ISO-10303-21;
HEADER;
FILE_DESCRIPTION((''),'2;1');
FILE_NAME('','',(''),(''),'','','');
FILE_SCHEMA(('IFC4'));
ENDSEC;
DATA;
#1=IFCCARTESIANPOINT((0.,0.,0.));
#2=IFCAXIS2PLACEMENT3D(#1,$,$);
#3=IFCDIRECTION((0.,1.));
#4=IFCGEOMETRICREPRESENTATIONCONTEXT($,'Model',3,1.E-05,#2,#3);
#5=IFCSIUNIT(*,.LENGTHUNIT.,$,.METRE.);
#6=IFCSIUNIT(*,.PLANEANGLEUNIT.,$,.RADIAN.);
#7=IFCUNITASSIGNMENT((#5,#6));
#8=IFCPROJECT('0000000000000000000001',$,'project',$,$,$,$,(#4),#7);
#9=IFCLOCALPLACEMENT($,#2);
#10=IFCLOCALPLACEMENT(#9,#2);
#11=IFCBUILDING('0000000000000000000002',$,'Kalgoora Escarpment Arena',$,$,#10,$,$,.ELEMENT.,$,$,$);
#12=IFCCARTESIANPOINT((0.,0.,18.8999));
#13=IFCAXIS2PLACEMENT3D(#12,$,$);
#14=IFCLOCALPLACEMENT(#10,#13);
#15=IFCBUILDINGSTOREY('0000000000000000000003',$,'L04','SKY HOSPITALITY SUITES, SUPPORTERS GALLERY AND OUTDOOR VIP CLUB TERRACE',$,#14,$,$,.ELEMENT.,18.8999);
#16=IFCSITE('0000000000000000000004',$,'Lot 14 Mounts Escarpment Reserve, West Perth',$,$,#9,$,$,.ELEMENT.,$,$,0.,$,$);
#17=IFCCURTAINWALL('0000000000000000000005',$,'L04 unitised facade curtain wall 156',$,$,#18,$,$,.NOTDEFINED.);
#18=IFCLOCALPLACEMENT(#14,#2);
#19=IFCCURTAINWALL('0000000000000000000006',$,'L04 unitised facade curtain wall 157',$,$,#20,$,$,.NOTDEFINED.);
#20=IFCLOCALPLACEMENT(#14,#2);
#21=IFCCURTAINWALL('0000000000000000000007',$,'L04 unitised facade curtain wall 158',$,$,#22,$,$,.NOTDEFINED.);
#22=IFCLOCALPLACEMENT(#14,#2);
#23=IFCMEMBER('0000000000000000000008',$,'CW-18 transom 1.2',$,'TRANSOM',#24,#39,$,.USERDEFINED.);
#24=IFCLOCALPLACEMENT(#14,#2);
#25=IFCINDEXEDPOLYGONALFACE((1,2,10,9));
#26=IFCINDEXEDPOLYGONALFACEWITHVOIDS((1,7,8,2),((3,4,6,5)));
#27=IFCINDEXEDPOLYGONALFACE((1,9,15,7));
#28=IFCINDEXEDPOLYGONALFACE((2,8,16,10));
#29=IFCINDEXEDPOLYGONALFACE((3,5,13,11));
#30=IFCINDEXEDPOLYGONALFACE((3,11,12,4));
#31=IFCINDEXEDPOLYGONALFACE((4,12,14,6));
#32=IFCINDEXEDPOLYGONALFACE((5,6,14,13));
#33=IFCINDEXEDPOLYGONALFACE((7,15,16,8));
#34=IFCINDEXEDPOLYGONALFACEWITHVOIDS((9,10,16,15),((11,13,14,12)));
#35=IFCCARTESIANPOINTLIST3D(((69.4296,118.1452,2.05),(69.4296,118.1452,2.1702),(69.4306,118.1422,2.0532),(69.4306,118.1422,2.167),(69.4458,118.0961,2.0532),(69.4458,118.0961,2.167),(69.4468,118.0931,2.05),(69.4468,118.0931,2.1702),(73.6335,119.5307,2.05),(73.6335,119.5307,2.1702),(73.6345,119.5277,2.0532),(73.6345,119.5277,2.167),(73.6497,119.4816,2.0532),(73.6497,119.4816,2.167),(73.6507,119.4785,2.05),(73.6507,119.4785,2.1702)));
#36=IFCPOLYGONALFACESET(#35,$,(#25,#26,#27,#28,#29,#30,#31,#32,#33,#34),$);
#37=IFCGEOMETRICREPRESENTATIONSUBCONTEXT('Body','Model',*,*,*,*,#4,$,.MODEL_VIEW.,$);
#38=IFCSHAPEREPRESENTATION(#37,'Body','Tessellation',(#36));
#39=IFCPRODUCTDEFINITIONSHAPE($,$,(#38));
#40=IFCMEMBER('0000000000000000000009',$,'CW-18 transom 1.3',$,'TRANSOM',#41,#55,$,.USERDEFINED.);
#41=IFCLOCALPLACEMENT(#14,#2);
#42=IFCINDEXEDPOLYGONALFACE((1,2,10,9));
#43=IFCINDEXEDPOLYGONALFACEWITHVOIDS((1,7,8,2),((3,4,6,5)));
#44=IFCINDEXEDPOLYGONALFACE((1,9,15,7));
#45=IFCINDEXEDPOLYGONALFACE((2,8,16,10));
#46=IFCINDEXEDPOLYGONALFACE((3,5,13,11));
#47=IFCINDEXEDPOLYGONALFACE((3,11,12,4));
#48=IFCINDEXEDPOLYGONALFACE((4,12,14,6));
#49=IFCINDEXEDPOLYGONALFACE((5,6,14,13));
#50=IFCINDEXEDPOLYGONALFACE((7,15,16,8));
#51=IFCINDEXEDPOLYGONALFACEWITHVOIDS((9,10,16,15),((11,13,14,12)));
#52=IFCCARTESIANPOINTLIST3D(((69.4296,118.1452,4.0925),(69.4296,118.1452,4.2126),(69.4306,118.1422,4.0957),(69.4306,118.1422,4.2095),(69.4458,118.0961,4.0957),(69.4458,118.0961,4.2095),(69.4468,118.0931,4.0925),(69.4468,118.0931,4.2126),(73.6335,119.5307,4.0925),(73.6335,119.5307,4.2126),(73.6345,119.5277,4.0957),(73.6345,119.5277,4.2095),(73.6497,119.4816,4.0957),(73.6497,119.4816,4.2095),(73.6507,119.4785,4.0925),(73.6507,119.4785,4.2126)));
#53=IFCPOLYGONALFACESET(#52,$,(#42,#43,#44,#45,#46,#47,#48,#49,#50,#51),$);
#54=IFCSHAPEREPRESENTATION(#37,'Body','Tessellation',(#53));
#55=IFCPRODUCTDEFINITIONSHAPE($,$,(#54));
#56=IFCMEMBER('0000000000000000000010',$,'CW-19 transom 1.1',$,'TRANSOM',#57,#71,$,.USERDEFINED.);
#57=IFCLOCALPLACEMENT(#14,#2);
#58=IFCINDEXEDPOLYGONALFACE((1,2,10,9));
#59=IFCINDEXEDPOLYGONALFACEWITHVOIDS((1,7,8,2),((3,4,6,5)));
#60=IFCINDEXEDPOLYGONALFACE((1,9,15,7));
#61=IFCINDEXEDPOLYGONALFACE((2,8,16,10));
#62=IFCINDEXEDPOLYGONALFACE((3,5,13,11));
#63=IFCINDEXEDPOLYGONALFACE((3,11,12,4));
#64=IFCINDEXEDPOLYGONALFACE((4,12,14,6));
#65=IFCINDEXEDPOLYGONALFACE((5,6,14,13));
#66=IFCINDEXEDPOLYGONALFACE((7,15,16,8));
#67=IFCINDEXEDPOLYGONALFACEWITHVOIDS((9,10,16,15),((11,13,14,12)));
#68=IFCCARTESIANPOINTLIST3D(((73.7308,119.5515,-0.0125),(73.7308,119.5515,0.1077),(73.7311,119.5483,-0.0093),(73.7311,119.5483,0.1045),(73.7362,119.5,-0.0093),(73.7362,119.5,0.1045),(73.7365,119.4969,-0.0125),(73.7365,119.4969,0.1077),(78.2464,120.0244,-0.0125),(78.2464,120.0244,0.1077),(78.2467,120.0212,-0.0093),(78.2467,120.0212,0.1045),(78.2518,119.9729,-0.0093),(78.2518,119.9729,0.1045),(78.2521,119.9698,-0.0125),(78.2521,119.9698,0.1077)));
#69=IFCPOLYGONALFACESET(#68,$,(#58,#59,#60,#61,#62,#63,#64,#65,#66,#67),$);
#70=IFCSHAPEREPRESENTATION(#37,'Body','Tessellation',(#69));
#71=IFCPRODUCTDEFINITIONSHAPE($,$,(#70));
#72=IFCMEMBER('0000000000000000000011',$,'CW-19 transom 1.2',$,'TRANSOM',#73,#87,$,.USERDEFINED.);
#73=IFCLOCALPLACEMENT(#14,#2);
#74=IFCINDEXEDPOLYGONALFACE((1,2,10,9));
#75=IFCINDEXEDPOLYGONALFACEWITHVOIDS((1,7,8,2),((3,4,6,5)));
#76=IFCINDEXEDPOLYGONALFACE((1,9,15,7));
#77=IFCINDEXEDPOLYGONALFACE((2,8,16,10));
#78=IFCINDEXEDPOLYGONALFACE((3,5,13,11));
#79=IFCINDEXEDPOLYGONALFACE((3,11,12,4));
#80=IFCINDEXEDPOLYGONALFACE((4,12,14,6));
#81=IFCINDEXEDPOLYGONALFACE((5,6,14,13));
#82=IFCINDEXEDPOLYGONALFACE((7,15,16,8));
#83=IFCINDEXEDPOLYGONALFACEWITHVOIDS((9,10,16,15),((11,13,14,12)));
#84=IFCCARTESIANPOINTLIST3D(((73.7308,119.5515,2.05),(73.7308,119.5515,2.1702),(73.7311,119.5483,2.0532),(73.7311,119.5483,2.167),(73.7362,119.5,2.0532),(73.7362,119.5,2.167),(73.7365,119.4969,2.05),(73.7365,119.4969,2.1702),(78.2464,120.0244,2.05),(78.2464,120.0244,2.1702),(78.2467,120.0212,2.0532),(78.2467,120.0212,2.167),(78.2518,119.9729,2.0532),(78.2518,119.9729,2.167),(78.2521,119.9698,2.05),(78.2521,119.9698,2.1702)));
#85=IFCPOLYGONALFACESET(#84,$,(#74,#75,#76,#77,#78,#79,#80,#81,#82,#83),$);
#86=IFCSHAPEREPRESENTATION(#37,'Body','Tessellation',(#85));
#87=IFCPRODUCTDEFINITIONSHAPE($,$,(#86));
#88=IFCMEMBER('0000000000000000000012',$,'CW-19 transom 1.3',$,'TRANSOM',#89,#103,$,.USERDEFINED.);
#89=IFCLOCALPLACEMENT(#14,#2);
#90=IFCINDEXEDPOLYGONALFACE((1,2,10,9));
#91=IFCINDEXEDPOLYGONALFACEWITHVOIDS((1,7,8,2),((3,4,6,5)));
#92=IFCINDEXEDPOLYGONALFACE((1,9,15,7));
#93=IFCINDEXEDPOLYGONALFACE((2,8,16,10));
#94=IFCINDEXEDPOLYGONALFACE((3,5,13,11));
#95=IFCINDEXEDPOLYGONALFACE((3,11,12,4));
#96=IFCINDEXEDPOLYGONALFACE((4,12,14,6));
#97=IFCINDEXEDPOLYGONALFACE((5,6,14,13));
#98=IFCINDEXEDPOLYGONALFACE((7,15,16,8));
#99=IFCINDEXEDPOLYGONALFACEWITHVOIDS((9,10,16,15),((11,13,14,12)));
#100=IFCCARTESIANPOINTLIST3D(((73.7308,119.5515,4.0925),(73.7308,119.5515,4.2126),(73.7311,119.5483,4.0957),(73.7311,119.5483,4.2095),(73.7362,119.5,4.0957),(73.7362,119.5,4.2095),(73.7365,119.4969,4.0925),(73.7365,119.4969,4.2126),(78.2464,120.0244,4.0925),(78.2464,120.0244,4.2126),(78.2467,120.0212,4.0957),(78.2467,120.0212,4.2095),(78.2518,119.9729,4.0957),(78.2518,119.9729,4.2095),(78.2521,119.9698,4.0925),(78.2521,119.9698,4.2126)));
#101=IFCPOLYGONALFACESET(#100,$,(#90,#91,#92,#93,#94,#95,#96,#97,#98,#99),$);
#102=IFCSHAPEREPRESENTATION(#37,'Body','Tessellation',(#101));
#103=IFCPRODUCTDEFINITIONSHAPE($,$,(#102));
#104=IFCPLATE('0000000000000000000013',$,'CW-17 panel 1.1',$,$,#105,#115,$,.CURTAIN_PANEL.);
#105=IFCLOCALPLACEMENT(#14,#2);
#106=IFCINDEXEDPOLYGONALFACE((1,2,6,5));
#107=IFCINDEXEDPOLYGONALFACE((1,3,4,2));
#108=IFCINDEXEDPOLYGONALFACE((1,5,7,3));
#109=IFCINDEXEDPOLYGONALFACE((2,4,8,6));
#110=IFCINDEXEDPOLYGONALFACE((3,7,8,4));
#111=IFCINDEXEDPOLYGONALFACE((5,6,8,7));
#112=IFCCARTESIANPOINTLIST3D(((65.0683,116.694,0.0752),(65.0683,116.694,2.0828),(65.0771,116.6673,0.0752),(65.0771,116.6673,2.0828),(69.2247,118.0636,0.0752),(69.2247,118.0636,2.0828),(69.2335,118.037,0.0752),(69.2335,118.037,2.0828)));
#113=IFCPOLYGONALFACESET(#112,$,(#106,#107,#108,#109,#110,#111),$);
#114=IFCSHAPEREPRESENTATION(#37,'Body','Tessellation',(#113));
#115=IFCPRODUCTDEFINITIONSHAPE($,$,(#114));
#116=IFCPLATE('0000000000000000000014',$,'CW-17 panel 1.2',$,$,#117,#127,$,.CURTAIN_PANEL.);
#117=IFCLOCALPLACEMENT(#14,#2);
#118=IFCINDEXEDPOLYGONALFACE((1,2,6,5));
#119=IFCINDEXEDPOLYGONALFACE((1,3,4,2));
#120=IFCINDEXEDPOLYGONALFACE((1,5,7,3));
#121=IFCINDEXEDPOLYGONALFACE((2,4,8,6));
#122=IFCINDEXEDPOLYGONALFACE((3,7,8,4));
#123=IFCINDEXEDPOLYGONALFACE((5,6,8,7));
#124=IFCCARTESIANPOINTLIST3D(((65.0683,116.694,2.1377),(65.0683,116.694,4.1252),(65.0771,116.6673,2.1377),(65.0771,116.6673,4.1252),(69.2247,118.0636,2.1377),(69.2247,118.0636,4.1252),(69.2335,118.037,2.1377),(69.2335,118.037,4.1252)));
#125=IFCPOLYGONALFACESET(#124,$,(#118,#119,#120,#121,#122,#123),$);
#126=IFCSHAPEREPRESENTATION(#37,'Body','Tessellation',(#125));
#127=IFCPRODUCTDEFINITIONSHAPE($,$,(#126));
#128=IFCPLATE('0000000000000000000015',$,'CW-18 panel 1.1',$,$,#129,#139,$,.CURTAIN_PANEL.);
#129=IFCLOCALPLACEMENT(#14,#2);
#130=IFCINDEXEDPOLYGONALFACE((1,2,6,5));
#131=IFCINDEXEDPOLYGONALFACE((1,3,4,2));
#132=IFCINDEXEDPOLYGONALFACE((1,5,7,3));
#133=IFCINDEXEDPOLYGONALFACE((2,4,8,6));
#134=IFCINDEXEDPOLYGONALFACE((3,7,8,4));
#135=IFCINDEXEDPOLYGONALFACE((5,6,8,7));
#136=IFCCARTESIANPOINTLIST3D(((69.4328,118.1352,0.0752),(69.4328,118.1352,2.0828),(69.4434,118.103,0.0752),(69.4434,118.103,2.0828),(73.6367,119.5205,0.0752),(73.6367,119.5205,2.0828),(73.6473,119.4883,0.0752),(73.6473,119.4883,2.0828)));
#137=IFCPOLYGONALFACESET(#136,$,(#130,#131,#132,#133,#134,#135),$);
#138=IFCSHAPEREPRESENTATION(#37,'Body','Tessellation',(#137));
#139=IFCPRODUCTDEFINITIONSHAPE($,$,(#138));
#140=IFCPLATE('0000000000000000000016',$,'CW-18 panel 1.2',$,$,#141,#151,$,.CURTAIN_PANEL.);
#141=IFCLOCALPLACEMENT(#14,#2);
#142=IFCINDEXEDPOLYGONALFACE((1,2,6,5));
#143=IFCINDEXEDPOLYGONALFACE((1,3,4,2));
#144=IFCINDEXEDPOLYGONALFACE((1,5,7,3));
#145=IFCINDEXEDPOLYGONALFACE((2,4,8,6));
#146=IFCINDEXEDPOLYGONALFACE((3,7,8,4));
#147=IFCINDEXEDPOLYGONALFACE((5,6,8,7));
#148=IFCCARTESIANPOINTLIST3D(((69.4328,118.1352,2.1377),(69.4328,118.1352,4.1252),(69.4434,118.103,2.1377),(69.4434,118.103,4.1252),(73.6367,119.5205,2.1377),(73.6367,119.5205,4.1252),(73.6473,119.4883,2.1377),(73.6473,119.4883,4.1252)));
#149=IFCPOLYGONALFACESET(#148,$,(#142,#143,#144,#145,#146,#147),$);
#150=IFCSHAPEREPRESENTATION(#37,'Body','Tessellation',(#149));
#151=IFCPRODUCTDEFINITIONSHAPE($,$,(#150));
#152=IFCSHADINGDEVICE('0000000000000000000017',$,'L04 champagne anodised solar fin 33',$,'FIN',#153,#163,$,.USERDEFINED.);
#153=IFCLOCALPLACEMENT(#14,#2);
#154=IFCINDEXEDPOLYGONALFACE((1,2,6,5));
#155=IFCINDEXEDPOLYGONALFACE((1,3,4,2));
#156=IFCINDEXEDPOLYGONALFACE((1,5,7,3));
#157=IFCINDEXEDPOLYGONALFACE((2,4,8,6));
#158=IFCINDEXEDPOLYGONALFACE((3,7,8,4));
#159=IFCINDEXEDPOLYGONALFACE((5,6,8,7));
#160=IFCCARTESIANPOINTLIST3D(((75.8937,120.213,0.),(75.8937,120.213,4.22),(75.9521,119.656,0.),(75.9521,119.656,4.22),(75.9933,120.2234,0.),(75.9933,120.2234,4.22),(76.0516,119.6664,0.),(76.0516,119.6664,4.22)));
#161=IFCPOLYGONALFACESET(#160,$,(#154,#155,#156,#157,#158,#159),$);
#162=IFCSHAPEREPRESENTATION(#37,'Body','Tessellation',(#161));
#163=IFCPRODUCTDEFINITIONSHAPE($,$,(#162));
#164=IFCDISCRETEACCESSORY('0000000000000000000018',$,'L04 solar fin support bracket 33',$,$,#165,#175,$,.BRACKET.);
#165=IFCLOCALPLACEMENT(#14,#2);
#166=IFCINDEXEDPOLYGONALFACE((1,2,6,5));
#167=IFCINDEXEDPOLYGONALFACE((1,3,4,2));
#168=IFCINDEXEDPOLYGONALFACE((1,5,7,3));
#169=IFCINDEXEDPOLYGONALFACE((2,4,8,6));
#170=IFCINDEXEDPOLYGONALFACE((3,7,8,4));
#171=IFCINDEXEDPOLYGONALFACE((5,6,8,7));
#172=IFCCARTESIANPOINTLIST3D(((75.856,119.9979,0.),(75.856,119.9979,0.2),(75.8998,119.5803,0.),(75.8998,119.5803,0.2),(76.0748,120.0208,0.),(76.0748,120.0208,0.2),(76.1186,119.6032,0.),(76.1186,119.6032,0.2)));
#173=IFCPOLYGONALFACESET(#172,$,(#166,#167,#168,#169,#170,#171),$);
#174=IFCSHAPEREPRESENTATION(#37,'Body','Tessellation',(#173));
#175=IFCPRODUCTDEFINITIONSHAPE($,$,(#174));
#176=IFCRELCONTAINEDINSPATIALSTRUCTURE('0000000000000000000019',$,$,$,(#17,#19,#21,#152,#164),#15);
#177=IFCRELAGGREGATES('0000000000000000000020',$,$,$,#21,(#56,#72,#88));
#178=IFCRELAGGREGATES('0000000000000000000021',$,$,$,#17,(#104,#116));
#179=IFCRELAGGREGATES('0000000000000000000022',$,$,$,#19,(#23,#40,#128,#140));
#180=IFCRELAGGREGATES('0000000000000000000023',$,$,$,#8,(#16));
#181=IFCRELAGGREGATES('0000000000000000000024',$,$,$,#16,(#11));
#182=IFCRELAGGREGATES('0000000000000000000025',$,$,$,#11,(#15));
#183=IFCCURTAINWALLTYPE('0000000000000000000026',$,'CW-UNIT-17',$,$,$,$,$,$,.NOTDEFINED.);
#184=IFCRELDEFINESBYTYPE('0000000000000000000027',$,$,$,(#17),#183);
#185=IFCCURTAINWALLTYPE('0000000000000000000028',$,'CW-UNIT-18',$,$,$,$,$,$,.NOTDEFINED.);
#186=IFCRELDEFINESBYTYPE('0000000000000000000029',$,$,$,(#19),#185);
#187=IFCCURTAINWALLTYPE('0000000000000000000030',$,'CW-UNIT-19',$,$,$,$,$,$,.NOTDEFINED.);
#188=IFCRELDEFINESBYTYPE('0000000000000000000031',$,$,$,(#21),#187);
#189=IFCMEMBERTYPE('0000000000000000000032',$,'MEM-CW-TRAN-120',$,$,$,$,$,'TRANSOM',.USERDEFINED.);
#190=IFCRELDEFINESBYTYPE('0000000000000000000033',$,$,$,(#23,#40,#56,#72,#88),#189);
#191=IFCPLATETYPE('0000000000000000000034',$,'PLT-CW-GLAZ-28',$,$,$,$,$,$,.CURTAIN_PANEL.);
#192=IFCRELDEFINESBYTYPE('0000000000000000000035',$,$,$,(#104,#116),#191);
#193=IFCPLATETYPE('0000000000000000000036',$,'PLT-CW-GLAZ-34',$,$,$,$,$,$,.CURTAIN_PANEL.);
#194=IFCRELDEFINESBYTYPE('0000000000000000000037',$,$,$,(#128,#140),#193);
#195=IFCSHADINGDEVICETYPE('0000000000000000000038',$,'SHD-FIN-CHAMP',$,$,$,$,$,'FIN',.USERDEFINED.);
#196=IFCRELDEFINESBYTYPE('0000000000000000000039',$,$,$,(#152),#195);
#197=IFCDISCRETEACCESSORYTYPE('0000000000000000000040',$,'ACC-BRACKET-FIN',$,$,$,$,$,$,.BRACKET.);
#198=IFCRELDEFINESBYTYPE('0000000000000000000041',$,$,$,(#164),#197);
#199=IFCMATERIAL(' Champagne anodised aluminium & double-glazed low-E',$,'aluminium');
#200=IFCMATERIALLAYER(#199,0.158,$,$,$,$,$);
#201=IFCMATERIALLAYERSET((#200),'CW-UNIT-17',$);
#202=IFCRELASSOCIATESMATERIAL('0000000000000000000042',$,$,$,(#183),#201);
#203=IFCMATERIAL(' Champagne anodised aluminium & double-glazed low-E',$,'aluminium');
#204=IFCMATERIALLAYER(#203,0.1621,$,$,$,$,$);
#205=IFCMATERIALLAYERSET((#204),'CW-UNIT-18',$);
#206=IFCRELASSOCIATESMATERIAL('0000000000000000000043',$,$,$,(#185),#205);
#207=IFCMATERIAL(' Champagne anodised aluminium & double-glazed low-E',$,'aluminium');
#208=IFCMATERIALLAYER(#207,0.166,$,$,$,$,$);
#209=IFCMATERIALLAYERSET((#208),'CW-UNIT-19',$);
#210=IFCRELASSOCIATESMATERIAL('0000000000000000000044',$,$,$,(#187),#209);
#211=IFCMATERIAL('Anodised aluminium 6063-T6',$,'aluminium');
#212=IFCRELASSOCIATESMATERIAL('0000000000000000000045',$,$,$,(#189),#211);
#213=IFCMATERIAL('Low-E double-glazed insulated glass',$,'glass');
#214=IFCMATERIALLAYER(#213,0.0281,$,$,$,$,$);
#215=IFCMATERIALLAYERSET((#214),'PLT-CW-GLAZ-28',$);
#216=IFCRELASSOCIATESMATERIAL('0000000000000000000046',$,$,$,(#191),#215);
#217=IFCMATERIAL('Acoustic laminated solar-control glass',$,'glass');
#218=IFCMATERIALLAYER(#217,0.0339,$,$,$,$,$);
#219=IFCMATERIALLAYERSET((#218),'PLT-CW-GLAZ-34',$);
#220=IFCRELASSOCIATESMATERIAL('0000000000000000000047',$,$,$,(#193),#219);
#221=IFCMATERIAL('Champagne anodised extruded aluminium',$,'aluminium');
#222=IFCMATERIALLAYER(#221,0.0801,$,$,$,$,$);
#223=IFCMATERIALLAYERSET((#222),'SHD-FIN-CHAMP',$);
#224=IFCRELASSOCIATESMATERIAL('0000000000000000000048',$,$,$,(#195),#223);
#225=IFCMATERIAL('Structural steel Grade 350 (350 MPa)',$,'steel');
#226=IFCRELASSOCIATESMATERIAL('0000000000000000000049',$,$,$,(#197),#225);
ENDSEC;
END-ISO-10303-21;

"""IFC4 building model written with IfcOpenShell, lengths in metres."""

from ifc_helpers import new_model, si_unit, direction, frame, origin, origin_2d, place, context, subcontext, project, spatial, rectangle, hollow_rectangle, extrude, material, layer, layer_set, material_profile, profile_set, type_object, element, aggregate, save


model = new_model("IFC4")

# Units and contexts
model_context = context("Model", 3, precision=1e-05, world=origin(), true_north=direction((0.0, 1.0)))
body_context = subcontext(model_context, "Body", "Model", "MODEL_VIEW")
ifc_project = project(units=[si_unit("LENGTHUNIT", "METRE"), si_unit("PLANEANGLEUNIT", "RADIAN")], contexts=[model_context])

# Site, building, storey
site_placement = place(None, origin())
site = spatial("IfcSite", under=ifc_project, at=site_placement, Name="Lot 14 Mounts Escarpment Reserve, West Perth", CompositionType="ELEMENT", RefElevation=0.0)
building_placement = place(site_placement, origin())
building = spatial("IfcBuilding", under=site, at=building_placement, Name="Kalgoora Escarpment Arena", CompositionType="ELEMENT")
storey_placement = place(building_placement, frame((0.0, 0.0, 18.8999)))
storey = spatial("IfcBuildingStorey", under=building, at=storey_placement, Name="L04", Description="SKY HOSPITALITY SUITES, SUPPORTERS GALLERY AND OUTDOOR VIP CLUB TERRACE", CompositionType="ELEMENT", Elevation=18.8999)

# Curtain wall
ifc_material_1 = material(Name=" Champagne anodised aluminium & double-glazed low-E", Category="aluminium")
ifc_layer_1 = layer(ifc_material_1, 0.158)
ifc_layer_set_1 = layer_set([ifc_layer_1], Name="CW-UNIT-17")
curtain_wall_type_1 = type_object("IfcCurtainWallType", Name="CW-UNIT-17", PredefinedType="NOTDEFINED", material=ifc_layer_set_1)
curtain_wall_1_placement = place(storey_placement, origin())
curtain_wall_1 = element("IfcCurtainWall", 1, at=curtain_wall_1_placement, inside=storey, type_object=curtain_wall_type_1, Name="L04 unitised facade curtain wall 156", PredefinedType="NOTDEFINED")

# Curtain wall
ifc_material_2 = material(Name=" Champagne anodised aluminium & double-glazed low-E", Category="aluminium")
ifc_layer_2 = layer(ifc_material_2, 0.1621)
ifc_layer_set_2 = layer_set([ifc_layer_2], Name="CW-UNIT-18")
curtain_wall_type_2 = type_object("IfcCurtainWallType", Name="CW-UNIT-18", PredefinedType="NOTDEFINED", material=ifc_layer_set_2)
curtain_wall_2_placement = place(storey_placement, origin())
curtain_wall_2 = element("IfcCurtainWall", 2, at=curtain_wall_2_placement, inside=storey, type_object=curtain_wall_type_2, Name="L04 unitised facade curtain wall 157", PredefinedType="NOTDEFINED")

# Curtain wall
ifc_material_3 = material(Name=" Champagne anodised aluminium & double-glazed low-E", Category="aluminium")
ifc_layer_3 = layer(ifc_material_3, 0.166)
ifc_layer_set_3 = layer_set([ifc_layer_3], Name="CW-UNIT-19")
curtain_wall_type_3 = type_object("IfcCurtainWallType", Name="CW-UNIT-19", PredefinedType="NOTDEFINED", material=ifc_layer_set_3)
curtain_wall_3_placement = place(storey_placement, origin())
curtain_wall_3 = element("IfcCurtainWall", 3, at=curtain_wall_3_placement, inside=storey, type_object=curtain_wall_type_3, Name="L04 unitised facade curtain wall 158", PredefinedType="NOTDEFINED")

# Members
ifc_material_4 = material(Name="Anodised aluminium 6063-T6", Category="aluminium")
ifc_material_profile_1 = material_profile(ifc_material_4, hollow_rectangle(XDim=0.0549, YDim=0.1201, WallThickness=0.0032, at=origin_2d()))
ifc_profile_set_1 = profile_set([ifc_material_profile_1], Name="Anodised aluminium 6063-T6")
member_type_1 = type_object("IfcMemberType", Name="MEM-CW-TRAN-120", ElementType="TRANSOM", PredefinedType="USERDEFINED", material=ifc_profile_set_1)
member_1_placement = place(storey_placement, frame((69.4382, 118.1191, 2.1101), z_axis=(0.949748, 0.313016, 0.0), x_axis=(-0.313016, 0.949748, 0.0)))
member_1 = element("IfcMember", 4, at=member_1_placement, type_object=member_type_1, Name="CW-18 transom 1.2", ObjectType="TRANSOM", PredefinedType="USERDEFINED", context=body_context, shape_type="SweptSolid", body=[
    extrude(hollow_rectangle(XDim=0.0549, YDim=0.1201, WallThickness=0.0032, at=origin_2d()), origin(), (0.0, 0.0, 1.0), 4.4263),
])
member_2_placement = place(storey_placement, frame((69.4382, 118.1191, 4.1526), z_axis=(0.949748, 0.313016, 0.0), x_axis=(-0.313016, 0.949748, 0.0)))
member_2 = element("IfcMember", 5, at=member_2_placement, type_object=member_type_1, Name="CW-18 transom 1.3", ObjectType="TRANSOM", PredefinedType="USERDEFINED", context=body_context, shape_type="SweptSolid", body=[
    extrude(hollow_rectangle(XDim=0.0549, YDim=0.1201, WallThickness=0.0032, at=origin_2d()), origin(), (0.0, 0.0, 1.0), 4.4263),
])
member_3_placement = place(storey_placement, frame((73.7336, 119.5242, 0.0476), z_axis=(0.994561, 0.104156, 0.0), x_axis=(-0.104156, 0.994561, 0.0)))
member_3 = element("IfcMember", 6, at=member_3_placement, type_object=member_type_1, Name="CW-19 transom 1.1", ObjectType="TRANSOM", PredefinedType="USERDEFINED", context=body_context, shape_type="SweptSolid", body=[
    extrude(hollow_rectangle(XDim=0.0549, YDim=0.1201, WallThickness=0.0032, at=origin_2d()), origin(), (0.0, 0.0, 1.0), 4.5403),
])
member_4_placement = place(storey_placement, frame((73.7336, 119.5242, 2.1101), z_axis=(0.994561, 0.104156, 0.0), x_axis=(-0.104156, 0.994561, 0.0)))
member_4 = element("IfcMember", 7, at=member_4_placement, type_object=member_type_1, Name="CW-19 transom 1.2", ObjectType="TRANSOM", PredefinedType="USERDEFINED", context=body_context, shape_type="SweptSolid", body=[
    extrude(hollow_rectangle(XDim=0.0549, YDim=0.1201, WallThickness=0.0032, at=origin_2d()), origin(), (0.0, 0.0, 1.0), 4.5403),
])
member_5_placement = place(storey_placement, frame((73.7336, 119.5242, 4.1526), z_axis=(0.994561, 0.104156, 0.0), x_axis=(-0.104156, 0.994561, 0.0)))
member_5 = element("IfcMember", 8, at=member_5_placement, type_object=member_type_1, Name="CW-19 transom 1.3", ObjectType="TRANSOM", PredefinedType="USERDEFINED", context=body_context, shape_type="SweptSolid", body=[
    extrude(hollow_rectangle(XDim=0.0549, YDim=0.1201, WallThickness=0.0032, at=origin_2d()), origin(), (0.0, 0.0, 1.0), 4.5403),
])
aggregate(curtain_wall_3, [member_3, member_4, member_5])

# Plates
ifc_material_5 = material(Name="Low-E double-glazed insulated glass", Category="glass")
ifc_layer_4 = layer(ifc_material_5, 0.0281)
ifc_layer_set_4 = layer_set([ifc_layer_4], Name="PLT-CW-GLAZ-28")
plate_type_1 = type_object("IfcPlateType", Name="PLT-CW-GLAZ-28", PredefinedType="CURTAIN_PANEL", material=ifc_layer_set_4)
plate_1_placement = place(storey_placement, frame((67.1509, 117.3655, 0.0752), z_axis=(0.0, 0.0, 1.0), x_axis=(0.949763, 0.31297, 0.0)))
plate_1 = element("IfcPlate", 9, at=plate_1_placement, type_object=plate_type_1, Name="CW-17 panel 1.1", PredefinedType="CURTAIN_PANEL", context=body_context, shape_type="SweptSolid", body=[
    extrude(rectangle(XDim=4.3762, YDim=0.0281, at=origin_2d()), origin(), (0.0, 0.0, 1.0), 2.0076),
])
plate_2_placement = place(storey_placement, frame((67.1509, 117.3655, 2.1377), z_axis=(0.0, 0.0, 1.0), x_axis=(0.949763, 0.31297, 0.0)))
plate_2 = element("IfcPlate", 10, at=plate_2_placement, type_object=plate_type_1, Name="CW-17 panel 1.2", PredefinedType="CURTAIN_PANEL", context=body_context, shape_type="SweptSolid", body=[
    extrude(rectangle(XDim=4.3762, YDim=0.0281, at=origin_2d()), origin(), (0.0, 0.0, 1.0), 1.9875),
])
aggregate(curtain_wall_1, [plate_1, plate_2])
ifc_material_6 = material(Name="Acoustic laminated solar-control glass", Category="glass")
ifc_layer_5 = layer(ifc_material_6, 0.0339)
ifc_layer_set_5 = layer_set([ifc_layer_5], Name="PLT-CW-GLAZ-34")
plate_type_2 = type_object("IfcPlateType", Name="PLT-CW-GLAZ-34", PredefinedType="CURTAIN_PANEL", material=ifc_layer_set_5)
plate_3_placement = place(storey_placement, frame((71.54, 118.8118, 0.0752), z_axis=(0.0, 0.0, 1.0), x_axis=(0.94976, 0.312979, 0.0)))
plate_3 = element("IfcPlate", 11, at=plate_3_placement, type_object=plate_type_2, Name="CW-18 panel 1.1", PredefinedType="CURTAIN_PANEL", context=body_context, shape_type="SweptSolid", body=[
    extrude(rectangle(XDim=4.4263, YDim=0.0339, at=origin_2d()), origin(), (0.0, 0.0, 1.0), 2.0076),
])
plate_4_placement = place(storey_placement, frame((71.54, 118.8118, 2.1377), z_axis=(0.0, 0.0, 1.0), x_axis=(0.94976, 0.312979, 0.0)))
plate_4 = element("IfcPlate", 12, at=plate_4_placement, type_object=plate_type_2, Name="CW-18 panel 1.2", PredefinedType="CURTAIN_PANEL", context=body_context, shape_type="SweptSolid", body=[
    extrude(rectangle(XDim=4.4263, YDim=0.0339, at=origin_2d()), origin(), (0.0, 0.0, 1.0), 1.9875),
])
aggregate(curtain_wall_2, [member_1, member_2, plate_3, plate_4])

# Shading device
ifc_material_7 = material(Name="Champagne anodised extruded aluminium", Category="aluminium")
ifc_layer_6 = layer(ifc_material_7, 0.0801)
ifc_layer_set_6 = layer_set([ifc_layer_6], Name="SHD-FIN-CHAMP")
shading_device_type = type_object("IfcShadingDeviceType", Name="SHD-FIN-CHAMP", ElementType="FIN", PredefinedType="USERDEFINED", material=ifc_layer_set_6)
shading_device_placement = place(storey_placement, frame((75.9727, 119.9397, 0.0), z_axis=(0.0, 0.0, 1.0), x_axis=(-0.104181, 0.994558, 0.0)))
element("IfcShadingDevice", 13, at=shading_device_placement, inside=storey, type_object=shading_device_type, Name="L04 champagne anodised solar fin 33", ObjectType="FIN", PredefinedType="USERDEFINED", context=body_context, shape_type="SweptSolid", body=[
    extrude(rectangle(XDim=0.5601, YDim=0.1001, at=origin_2d()), origin(), (0.0, 0.0, 1.0), 4.22),
])

# Discrete accessory
ifc_material_8 = material(Name="Structural steel Grade 350 (350 MPa)", Category="steel")
discrete_accessory_type = type_object("IfcDiscreteAccessoryType", Name="ACC-BRACKET-FIN", PredefinedType="BRACKET", material=ifc_material_8)
discrete_accessory_placement = place(storey_placement, frame((75.9873, 119.8005, 0.0), z_axis=(0.0, 0.0, 1.0), x_axis=(-0.104181, 0.994558, 0.0)))
element("IfcDiscreteAccessory", 14, at=discrete_accessory_placement, inside=storey, type_object=discrete_accessory_type, Name="L04 solar fin support bracket 33", PredefinedType="BRACKET", context=body_context, shape_type="SweptSolid", body=[
    extrude(rectangle(XDim=0.4199, YDim=0.22, at=origin_2d()), origin(), (0.0, 0.0, 1.0), 0.2),
])

save(model, "model.ifc")
